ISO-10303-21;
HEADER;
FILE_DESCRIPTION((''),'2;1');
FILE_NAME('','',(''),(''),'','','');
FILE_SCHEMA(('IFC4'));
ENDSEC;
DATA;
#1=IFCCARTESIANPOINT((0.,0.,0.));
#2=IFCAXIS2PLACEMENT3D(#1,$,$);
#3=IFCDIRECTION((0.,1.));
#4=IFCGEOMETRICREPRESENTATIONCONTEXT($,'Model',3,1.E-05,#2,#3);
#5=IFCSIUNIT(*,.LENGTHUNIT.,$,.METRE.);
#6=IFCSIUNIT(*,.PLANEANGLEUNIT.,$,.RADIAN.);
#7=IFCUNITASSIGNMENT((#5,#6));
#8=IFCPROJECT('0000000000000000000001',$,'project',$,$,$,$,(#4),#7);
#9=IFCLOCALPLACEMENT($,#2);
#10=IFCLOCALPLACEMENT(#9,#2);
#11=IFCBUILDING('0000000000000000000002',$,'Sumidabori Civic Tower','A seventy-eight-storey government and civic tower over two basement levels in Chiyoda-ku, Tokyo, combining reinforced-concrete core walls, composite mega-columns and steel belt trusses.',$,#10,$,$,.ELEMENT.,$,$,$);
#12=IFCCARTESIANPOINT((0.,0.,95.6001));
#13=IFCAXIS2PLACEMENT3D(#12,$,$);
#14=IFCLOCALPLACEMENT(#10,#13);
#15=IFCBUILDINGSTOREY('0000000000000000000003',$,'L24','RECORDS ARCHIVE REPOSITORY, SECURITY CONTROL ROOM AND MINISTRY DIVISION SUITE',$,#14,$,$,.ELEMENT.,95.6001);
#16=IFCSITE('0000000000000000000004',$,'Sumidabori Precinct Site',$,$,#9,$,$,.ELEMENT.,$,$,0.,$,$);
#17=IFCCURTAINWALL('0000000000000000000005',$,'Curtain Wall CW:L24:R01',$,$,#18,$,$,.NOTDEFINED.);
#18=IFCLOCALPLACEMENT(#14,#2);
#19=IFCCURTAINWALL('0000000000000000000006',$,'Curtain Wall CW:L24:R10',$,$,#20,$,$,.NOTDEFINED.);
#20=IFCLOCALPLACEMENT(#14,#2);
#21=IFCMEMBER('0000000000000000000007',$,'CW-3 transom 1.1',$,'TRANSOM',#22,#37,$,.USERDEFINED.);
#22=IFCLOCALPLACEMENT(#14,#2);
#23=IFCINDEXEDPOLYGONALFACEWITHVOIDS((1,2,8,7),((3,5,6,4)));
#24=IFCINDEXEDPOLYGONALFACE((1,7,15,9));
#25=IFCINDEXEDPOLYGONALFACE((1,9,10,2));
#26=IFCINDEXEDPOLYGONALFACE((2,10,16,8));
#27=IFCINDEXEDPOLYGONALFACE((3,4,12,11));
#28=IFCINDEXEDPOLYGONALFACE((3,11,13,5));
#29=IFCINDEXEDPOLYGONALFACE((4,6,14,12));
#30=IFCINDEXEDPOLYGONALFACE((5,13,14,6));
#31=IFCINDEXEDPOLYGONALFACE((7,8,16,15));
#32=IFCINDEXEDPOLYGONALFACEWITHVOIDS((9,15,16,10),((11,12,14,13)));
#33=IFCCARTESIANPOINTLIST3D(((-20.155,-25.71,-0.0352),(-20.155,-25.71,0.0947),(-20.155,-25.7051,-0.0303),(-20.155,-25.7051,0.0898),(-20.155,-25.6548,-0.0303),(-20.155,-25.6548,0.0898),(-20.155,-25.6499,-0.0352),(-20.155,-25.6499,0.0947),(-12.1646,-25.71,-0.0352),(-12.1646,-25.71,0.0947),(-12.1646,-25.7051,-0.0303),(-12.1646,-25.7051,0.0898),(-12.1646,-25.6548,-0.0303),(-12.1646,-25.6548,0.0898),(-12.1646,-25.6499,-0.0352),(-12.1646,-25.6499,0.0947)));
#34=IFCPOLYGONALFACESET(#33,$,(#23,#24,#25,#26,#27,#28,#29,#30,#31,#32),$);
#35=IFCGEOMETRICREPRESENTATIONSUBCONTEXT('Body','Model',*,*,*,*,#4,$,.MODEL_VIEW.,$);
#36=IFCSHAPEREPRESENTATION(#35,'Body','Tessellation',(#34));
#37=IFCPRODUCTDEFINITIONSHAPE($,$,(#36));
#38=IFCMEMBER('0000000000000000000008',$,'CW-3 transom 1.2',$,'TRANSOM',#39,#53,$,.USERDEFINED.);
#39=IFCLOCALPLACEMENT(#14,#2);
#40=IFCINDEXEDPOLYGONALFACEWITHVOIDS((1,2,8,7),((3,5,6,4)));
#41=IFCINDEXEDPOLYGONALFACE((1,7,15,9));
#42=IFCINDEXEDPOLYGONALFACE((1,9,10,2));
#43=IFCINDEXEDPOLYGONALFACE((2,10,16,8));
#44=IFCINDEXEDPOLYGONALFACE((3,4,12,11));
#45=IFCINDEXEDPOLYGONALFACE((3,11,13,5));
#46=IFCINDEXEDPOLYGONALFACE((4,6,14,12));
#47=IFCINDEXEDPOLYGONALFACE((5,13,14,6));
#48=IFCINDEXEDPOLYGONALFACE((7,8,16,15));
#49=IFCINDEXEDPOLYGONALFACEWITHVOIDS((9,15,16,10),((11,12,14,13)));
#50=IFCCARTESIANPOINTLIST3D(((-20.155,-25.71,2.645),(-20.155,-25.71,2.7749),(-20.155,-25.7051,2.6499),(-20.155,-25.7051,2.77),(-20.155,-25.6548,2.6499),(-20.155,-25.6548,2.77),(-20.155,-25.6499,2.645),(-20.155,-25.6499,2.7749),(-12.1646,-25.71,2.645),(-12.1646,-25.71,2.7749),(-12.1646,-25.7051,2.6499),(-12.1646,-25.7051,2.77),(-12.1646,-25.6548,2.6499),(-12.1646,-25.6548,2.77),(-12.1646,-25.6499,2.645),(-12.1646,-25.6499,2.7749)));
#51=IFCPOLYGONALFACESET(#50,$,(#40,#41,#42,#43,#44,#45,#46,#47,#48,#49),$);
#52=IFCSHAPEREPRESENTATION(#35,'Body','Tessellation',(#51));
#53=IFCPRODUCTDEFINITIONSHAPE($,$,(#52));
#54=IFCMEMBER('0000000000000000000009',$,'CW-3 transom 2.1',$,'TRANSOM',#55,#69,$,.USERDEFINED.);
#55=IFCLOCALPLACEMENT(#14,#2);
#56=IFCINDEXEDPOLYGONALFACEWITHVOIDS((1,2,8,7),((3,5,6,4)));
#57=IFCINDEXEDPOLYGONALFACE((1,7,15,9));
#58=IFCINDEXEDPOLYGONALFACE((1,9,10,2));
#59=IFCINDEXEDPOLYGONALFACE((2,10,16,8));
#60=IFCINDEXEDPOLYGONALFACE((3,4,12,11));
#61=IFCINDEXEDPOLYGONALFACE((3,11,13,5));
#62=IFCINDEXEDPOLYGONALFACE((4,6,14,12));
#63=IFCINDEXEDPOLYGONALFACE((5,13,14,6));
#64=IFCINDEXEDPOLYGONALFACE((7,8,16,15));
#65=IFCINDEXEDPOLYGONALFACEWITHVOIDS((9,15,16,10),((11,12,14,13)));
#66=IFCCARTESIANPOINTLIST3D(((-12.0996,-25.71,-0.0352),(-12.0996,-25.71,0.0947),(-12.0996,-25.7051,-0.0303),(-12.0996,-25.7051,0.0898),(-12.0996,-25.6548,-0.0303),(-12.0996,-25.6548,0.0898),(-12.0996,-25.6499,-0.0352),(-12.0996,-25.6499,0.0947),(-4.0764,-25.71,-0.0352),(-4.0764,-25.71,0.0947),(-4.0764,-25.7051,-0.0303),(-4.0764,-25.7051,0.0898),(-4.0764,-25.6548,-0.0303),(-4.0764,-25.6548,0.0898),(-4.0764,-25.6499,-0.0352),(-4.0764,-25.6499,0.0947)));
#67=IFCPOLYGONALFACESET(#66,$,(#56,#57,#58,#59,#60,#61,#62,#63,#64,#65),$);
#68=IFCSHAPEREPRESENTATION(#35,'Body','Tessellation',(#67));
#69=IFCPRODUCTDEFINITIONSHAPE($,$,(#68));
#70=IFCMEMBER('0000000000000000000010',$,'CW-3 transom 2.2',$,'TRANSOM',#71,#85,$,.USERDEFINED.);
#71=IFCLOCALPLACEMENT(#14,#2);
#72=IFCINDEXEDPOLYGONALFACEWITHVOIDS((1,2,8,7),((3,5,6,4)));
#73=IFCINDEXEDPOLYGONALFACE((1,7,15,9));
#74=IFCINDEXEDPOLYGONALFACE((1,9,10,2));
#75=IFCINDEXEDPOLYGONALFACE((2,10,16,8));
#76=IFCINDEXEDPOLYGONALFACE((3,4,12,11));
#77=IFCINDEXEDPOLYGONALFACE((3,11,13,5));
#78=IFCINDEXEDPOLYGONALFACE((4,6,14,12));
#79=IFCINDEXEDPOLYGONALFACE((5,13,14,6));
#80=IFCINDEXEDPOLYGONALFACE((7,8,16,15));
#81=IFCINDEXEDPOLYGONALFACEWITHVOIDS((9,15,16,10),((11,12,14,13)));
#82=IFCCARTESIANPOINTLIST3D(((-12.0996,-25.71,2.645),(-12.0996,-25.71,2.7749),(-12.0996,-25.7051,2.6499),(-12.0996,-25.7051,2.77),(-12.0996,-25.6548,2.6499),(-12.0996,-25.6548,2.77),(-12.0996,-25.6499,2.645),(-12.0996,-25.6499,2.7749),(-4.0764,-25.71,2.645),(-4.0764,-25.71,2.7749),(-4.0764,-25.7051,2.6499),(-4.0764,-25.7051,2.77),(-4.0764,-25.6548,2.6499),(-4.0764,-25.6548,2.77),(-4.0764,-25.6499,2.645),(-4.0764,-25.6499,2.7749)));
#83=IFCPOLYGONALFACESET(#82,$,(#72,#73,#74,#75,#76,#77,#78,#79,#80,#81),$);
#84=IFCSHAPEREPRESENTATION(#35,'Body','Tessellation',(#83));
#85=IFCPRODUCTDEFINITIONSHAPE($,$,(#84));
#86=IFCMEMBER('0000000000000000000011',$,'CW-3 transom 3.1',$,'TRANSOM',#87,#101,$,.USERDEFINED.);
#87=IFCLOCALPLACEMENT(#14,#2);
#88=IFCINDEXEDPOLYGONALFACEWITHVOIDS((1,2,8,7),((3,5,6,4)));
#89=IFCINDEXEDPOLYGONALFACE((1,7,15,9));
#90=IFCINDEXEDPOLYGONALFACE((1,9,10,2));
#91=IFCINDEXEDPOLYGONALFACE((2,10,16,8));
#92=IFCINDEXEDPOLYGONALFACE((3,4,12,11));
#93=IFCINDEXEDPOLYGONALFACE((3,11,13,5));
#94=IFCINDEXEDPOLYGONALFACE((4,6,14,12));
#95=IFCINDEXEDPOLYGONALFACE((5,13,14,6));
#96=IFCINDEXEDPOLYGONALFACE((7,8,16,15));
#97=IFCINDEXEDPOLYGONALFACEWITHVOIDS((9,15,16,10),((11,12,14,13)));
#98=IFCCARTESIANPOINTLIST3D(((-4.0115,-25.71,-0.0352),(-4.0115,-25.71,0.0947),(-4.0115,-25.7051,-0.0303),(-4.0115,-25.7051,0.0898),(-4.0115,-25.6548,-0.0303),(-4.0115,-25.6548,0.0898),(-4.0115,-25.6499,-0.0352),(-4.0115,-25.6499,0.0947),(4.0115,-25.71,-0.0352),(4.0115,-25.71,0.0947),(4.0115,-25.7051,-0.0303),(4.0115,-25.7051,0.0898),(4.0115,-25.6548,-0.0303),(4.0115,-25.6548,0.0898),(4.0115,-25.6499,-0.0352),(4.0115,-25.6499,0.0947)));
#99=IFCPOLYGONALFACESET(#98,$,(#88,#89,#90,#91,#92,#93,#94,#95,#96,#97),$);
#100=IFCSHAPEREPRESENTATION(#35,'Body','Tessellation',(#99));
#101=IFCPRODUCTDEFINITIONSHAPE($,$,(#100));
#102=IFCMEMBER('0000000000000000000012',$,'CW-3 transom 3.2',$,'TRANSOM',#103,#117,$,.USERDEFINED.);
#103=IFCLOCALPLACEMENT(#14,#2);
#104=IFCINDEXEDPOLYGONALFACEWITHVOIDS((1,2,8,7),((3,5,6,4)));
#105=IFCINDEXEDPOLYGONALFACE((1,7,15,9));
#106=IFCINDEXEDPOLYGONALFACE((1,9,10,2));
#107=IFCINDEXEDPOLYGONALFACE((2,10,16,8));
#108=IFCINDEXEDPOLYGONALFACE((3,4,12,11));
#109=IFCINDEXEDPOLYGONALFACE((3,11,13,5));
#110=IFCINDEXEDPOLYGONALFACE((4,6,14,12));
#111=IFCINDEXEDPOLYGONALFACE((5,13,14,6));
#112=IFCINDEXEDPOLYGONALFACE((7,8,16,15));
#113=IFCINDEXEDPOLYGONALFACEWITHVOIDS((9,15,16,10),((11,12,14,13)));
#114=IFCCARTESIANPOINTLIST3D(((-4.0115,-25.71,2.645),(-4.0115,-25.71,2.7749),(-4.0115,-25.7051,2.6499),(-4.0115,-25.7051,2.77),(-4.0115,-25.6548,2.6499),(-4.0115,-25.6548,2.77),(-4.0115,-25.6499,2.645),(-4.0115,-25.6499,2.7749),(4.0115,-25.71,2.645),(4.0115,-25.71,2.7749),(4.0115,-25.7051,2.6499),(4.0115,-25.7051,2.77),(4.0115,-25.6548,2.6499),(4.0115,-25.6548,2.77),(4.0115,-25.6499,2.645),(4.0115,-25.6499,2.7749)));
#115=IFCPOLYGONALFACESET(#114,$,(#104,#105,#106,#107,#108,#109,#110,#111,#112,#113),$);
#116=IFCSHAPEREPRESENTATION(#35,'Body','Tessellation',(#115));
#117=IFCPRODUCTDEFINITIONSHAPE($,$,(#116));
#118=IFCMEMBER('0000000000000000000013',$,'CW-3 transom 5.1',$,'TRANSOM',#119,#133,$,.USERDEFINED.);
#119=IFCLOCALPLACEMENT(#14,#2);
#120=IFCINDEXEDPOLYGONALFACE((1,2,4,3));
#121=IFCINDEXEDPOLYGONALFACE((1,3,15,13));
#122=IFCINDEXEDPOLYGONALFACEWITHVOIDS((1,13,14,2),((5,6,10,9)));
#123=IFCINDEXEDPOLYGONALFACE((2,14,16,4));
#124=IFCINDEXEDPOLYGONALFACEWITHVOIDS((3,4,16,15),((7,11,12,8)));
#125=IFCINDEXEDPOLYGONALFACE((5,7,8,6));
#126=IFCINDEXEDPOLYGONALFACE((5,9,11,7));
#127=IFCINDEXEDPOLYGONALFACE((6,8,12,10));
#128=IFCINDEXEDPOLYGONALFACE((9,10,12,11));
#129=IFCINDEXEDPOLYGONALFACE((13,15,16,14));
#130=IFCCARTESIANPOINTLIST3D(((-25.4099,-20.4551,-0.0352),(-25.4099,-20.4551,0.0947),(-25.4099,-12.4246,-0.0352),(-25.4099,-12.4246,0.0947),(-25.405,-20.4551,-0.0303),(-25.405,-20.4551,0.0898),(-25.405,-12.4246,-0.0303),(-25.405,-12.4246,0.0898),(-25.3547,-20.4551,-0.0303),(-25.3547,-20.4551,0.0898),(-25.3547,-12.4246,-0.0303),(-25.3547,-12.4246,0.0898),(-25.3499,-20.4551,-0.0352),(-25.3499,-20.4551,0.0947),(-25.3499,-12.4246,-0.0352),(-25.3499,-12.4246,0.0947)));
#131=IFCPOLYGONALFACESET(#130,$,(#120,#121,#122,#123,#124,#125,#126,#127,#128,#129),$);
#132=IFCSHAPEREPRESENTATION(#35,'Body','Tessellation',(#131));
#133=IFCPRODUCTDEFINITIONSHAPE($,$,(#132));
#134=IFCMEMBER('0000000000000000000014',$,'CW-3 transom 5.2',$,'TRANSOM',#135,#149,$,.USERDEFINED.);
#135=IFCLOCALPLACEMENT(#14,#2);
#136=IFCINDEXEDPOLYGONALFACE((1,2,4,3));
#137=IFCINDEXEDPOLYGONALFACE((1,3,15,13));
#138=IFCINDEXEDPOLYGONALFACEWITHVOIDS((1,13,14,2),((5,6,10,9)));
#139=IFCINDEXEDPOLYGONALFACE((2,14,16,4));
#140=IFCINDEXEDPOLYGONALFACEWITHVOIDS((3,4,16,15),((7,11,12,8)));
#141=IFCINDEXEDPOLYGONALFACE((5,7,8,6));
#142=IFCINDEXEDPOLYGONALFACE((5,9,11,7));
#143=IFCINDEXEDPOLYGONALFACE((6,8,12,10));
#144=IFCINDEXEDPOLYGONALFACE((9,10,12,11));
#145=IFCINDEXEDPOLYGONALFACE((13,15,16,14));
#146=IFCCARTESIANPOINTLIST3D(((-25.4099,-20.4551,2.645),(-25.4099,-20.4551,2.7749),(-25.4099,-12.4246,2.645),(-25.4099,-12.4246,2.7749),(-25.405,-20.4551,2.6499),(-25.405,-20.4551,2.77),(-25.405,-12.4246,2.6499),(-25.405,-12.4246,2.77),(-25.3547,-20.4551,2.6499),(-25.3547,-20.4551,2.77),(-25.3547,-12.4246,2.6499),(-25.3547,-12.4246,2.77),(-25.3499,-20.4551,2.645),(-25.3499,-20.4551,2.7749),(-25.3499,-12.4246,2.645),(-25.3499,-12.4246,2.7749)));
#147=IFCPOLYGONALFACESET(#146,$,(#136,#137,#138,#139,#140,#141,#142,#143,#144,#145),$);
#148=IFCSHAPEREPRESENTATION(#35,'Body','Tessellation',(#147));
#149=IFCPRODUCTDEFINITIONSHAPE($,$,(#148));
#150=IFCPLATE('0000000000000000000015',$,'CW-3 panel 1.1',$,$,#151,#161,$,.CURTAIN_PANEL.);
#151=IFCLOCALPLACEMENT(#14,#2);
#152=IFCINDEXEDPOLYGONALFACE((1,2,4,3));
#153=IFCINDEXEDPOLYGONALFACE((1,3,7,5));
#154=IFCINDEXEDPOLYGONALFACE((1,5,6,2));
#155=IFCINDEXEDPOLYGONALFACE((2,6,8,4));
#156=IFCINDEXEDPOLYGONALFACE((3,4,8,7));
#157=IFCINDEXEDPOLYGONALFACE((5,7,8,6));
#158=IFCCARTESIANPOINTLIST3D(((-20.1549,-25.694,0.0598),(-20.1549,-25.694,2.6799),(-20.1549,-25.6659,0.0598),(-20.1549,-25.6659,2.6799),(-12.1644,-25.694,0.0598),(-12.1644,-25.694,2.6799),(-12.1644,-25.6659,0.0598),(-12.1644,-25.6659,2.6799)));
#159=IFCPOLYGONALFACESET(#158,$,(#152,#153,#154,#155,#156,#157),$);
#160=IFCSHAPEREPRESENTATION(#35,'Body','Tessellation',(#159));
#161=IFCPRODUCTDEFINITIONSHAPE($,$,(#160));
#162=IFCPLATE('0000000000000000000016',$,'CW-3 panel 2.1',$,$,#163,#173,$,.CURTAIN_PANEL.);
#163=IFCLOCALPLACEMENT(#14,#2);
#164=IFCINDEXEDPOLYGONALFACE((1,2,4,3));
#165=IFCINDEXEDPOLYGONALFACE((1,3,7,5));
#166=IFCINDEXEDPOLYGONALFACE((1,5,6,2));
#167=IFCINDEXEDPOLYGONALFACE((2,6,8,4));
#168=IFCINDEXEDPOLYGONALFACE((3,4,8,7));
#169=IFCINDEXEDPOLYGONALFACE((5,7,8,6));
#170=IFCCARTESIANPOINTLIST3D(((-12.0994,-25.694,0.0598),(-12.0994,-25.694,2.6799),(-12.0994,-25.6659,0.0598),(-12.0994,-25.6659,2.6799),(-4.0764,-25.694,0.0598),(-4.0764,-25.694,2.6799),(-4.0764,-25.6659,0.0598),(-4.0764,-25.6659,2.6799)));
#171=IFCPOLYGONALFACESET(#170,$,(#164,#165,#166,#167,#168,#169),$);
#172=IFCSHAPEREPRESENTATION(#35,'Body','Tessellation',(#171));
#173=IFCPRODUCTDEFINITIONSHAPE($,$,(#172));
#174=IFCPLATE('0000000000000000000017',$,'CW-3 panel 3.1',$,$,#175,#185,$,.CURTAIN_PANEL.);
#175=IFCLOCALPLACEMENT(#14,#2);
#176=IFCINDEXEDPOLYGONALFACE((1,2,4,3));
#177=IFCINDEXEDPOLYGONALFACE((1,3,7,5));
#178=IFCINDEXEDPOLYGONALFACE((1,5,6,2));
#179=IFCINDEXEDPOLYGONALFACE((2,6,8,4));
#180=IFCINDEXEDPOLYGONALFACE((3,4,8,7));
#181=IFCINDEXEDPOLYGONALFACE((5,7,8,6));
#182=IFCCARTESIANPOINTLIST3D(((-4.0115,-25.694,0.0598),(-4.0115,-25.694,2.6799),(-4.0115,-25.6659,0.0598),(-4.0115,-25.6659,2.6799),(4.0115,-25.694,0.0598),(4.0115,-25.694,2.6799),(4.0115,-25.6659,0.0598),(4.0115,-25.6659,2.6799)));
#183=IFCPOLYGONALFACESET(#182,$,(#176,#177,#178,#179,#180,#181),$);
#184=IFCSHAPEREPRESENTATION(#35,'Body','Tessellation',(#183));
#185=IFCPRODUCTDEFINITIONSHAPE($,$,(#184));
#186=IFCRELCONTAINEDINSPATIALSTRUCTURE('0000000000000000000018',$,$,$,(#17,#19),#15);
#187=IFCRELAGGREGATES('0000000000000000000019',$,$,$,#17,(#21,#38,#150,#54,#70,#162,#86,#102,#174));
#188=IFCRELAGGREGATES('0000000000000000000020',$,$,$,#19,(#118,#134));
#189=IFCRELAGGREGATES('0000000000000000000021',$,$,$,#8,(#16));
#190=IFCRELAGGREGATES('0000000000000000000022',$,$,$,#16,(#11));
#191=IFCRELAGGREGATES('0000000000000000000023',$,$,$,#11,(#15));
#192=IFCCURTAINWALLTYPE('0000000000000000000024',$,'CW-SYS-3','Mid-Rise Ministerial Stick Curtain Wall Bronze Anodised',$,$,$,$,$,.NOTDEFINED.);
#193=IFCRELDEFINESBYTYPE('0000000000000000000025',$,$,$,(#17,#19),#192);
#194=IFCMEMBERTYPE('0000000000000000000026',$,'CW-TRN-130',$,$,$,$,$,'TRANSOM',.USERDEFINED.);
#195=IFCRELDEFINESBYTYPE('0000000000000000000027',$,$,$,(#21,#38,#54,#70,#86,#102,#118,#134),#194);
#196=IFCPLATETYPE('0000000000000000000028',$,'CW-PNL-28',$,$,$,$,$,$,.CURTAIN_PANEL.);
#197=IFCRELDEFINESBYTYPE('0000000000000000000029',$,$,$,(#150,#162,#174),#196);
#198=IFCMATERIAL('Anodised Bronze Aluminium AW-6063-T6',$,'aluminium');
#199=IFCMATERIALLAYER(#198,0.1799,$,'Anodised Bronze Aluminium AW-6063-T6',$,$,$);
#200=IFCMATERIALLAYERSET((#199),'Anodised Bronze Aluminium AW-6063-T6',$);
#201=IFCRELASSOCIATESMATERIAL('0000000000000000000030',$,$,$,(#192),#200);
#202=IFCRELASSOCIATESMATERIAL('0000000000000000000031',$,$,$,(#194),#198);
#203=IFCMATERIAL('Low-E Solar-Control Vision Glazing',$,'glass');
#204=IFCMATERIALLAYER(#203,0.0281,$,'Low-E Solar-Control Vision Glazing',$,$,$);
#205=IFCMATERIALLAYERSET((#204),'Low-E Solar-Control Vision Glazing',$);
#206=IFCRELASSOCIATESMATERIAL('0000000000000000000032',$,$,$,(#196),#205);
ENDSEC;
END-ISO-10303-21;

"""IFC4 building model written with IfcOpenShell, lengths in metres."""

from ifc_helpers import new_model, si_unit, direction, frame, origin, origin_2d, place, context, subcontext, project, spatial, rectangle, hollow_rectangle, extrude, source, transform, mapped, material, layer, layer_set, material_profile, profile_set, type_object, element, aggregate, save


model = new_model("IFC4")

# Units and contexts
model_context = context("Model", 3, precision=1e-05, world=origin(), true_north=direction((0.0, 1.0)))
body_context = subcontext(model_context, "Body", "Model", "MODEL_VIEW")
ifc_project = project(units=[si_unit("LENGTHUNIT", "METRE"), si_unit("PLANEANGLEUNIT", "RADIAN")], contexts=[model_context])

# Site, building, storey
site_placement = place(None, origin())
site = spatial("IfcSite", under=ifc_project, at=site_placement, Name="Sumidabori Precinct Site", CompositionType="ELEMENT", RefElevation=0.0)
building_placement = place(site_placement, origin())
building = spatial("IfcBuilding", under=site, at=building_placement, Name="Sumidabori Civic Tower", Description="A seventy-eight-storey government and civic tower over two basement levels in Chiyoda-ku, Tokyo, combining reinforced-concrete core walls, composite mega-columns and steel belt trusses.", CompositionType="ELEMENT")
storey_placement = place(building_placement, frame((0.0, 0.0, 95.6001)))
storey = spatial("IfcBuildingStorey", under=building, at=storey_placement, Name="L24", Description="RECORDS ARCHIVE REPOSITORY, SECURITY CONTROL ROOM AND MINISTRY DIVISION SUITE", CompositionType="ELEMENT", Elevation=95.6001)

# Curtain walls
ifc_material_1 = material(Name="Anodised Bronze Aluminium AW-6063-T6", Category="aluminium")
ifc_layer_1 = layer(ifc_material_1, 0.1799, Name="Anodised Bronze Aluminium AW-6063-T6")
ifc_layer_set_1 = layer_set([ifc_layer_1], Name="Anodised Bronze Aluminium AW-6063-T6")
curtain_wall_type = type_object("IfcCurtainWallType", Name="CW-SYS-3", Description="Mid-Rise Ministerial Stick Curtain Wall Bronze Anodised", PredefinedType="NOTDEFINED", material=ifc_layer_set_1)
curtain_wall_1_placement = place(storey_placement, origin())
curtain_wall_1 = element("IfcCurtainWall", 1, at=curtain_wall_1_placement, inside=storey, type_object=curtain_wall_type, Name="Curtain Wall CW:L24:R01", PredefinedType="NOTDEFINED")
curtain_wall_2_placement = place(storey_placement, origin())
curtain_wall_2 = element("IfcCurtainWall", 2, at=curtain_wall_2_placement, inside=storey, type_object=curtain_wall_type, Name="Curtain Wall CW:L24:R10", PredefinedType="NOTDEFINED")

# Members
ifc_material_profile_1 = material_profile(ifc_material_1, hollow_rectangle(XDim=0.0601, YDim=0.1299, WallThickness=0.0049, at=origin_2d()), Name="ALU TRANSOM 130x60")
ifc_profile_set_1 = profile_set([ifc_material_profile_1], Name="Anodised Bronze Aluminium AW-6063-T6")
member_type_1 = type_object("IfcMemberType", Name="CW-TRN-130", ElementType="TRANSOM", PredefinedType="USERDEFINED", material=ifc_profile_set_1)
shared_shape_1 = source(origin(), body_context, "Body", "SweptSolid", [
    extrude(hollow_rectangle(XDim=0.0601, YDim=0.1299, WallThickness=0.0049, at=origin_2d()), origin(), (0.0, 0.0, 1.0), 7.9905),
])
member_1_placement = place(storey_placement, frame((-20.155, -25.6799, 0.0298), z_axis=(1.0, 0.0, 0.0), x_axis=(0.0, 1.0, 0.0)))
member_1 = element("IfcMember", 3, at=member_1_placement, type_object=member_type_1, Name="CW-3 transom 1.1", ObjectType="TRANSOM", PredefinedType="USERDEFINED", context=body_context, shape_type="MappedRepresentation", body=[
    mapped(shared_shape_1, transform((0.0, 0.0, 0.0), x_axis=(1.0, 0.0, 0.0), y_axis=(0.0, 1.0, 0.0), z_axis=(0.0, 0.0, 1.0), scale=1.0)),
])
member_2_placement = place(storey_placement, frame((-20.155, -25.6799, 2.71), z_axis=(1.0, 0.0, 0.0), x_axis=(0.0, 1.0, 0.0)))
member_2 = element("IfcMember", 4, at=member_2_placement, type_object=member_type_1, Name="CW-3 transom 1.2", ObjectType="TRANSOM", PredefinedType="USERDEFINED", context=body_context, shape_type="MappedRepresentation", body=[
    mapped(shared_shape_1, transform((0.0, 0.0, 0.0), x_axis=(1.0, 0.0, 0.0), y_axis=(0.0, 1.0, 0.0), z_axis=(0.0, 0.0, 1.0), scale=1.0)),
])
shared_shape_2 = source(origin(), body_context, "Body", "SweptSolid", [
    extrude(hollow_rectangle(XDim=0.0601, YDim=0.1299, WallThickness=0.0049, at=origin_2d()), origin(), (0.0, 0.0, 1.0), 8.0232),
])
member_3_placement = place(storey_placement, frame((-12.0996, -25.6799, 0.0298), z_axis=(1.0, 0.0, 0.0), x_axis=(0.0, 1.0, 0.0)))
member_3 = element("IfcMember", 5, at=member_3_placement, type_object=member_type_1, Name="CW-3 transom 2.1", ObjectType="TRANSOM", PredefinedType="USERDEFINED", context=body_context, shape_type="MappedRepresentation", body=[
    mapped(shared_shape_2, transform((0.0, 0.0, 0.0), x_axis=(1.0, 0.0, 0.0), y_axis=(0.0, 1.0, 0.0), z_axis=(0.0, 0.0, 1.0), scale=1.0)),
])
member_4_placement = place(storey_placement, frame((-12.0996, -25.6799, 2.71), z_axis=(1.0, 0.0, 0.0), x_axis=(0.0, 1.0, 0.0)))
member_4 = element("IfcMember", 6, at=member_4_placement, type_object=member_type_1, Name="CW-3 transom 2.2", ObjectType="TRANSOM", PredefinedType="USERDEFINED", context=body_context, shape_type="MappedRepresentation", body=[
    mapped(shared_shape_2, transform((0.0, 0.0, 0.0), x_axis=(1.0, 0.0, 0.0), y_axis=(0.0, 1.0, 0.0), z_axis=(0.0, 0.0, 1.0), scale=1.0)),
])
shared_shape_3 = source(origin(), body_context, "Body", "SweptSolid", [
    extrude(hollow_rectangle(XDim=0.0601, YDim=0.1299, WallThickness=0.0049, at=origin_2d()), origin(), (0.0, 0.0, 1.0), 8.0229),
])
member_5_placement = place(storey_placement, frame((-4.0115, -25.6799, 0.0298), z_axis=(1.0, 0.0, 0.0), x_axis=(0.0, 1.0, 0.0)))
member_5 = element("IfcMember", 7, at=member_5_placement, type_object=member_type_1, Name="CW-3 transom 3.1", ObjectType="TRANSOM", PredefinedType="USERDEFINED", context=body_context, shape_type="MappedRepresentation", body=[
    mapped(shared_shape_3, transform((0.0, 0.0, 0.0), x_axis=(1.0, 0.0, 0.0), y_axis=(0.0, 1.0, 0.0), z_axis=(0.0, 0.0, 1.0), scale=1.0)),
])
member_6_placement = place(storey_placement, frame((-4.0115, -25.6799, 2.71), z_axis=(1.0, 0.0, 0.0), x_axis=(0.0, 1.0, 0.0)))
member_6 = element("IfcMember", 8, at=member_6_placement, type_object=member_type_1, Name="CW-3 transom 3.2", ObjectType="TRANSOM", PredefinedType="USERDEFINED", context=body_context, shape_type="MappedRepresentation", body=[
    mapped(shared_shape_3, transform((0.0, 0.0, 0.0), x_axis=(1.0, 0.0, 0.0), y_axis=(0.0, 1.0, 0.0), z_axis=(0.0, 0.0, 1.0), scale=1.0)),
])
shared_shape_4 = source(origin(), body_context, "Body", "SweptSolid", [
    extrude(hollow_rectangle(XDim=0.0601, YDim=0.1299, WallThickness=0.0049, at=origin_2d()), origin(), (0.0, 0.0, 1.0), 8.0305),
])
member_7_placement = place(storey_placement, frame((-25.3799, -12.4246, 0.0298), z_axis=(0.0, -1.0, 0.0), x_axis=(1.0, 0.0, 0.0)))
member_7 = element("IfcMember", 9, at=member_7_placement, type_object=member_type_1, Name="CW-3 transom 5.1", ObjectType="TRANSOM", PredefinedType="USERDEFINED", context=body_context, shape_type="MappedRepresentation", body=[
    mapped(shared_shape_4, transform((0.0, 0.0, 0.0), x_axis=(1.0, 0.0, 0.0), y_axis=(0.0, 1.0, 0.0), z_axis=(0.0, 0.0, 1.0), scale=1.0)),
])
member_8_placement = place(storey_placement, frame((-25.3799, -12.4246, 2.71), z_axis=(0.0, -1.0, 0.0), x_axis=(1.0, 0.0, 0.0)))
member_8 = element("IfcMember", 10, at=member_8_placement, type_object=member_type_1, Name="CW-3 transom 5.2", ObjectType="TRANSOM", PredefinedType="USERDEFINED", context=body_context, shape_type="MappedRepresentation", body=[
    mapped(shared_shape_4, transform((0.0, 0.0, 0.0), x_axis=(1.0, 0.0, 0.0), y_axis=(0.0, 1.0, 0.0), z_axis=(0.0, 0.0, 1.0), scale=1.0)),
])

# Plates
ifc_material_2 = material(Name="Low-E Solar-Control Vision Glazing", Category="glass")
ifc_layer_2 = layer(ifc_material_2, 0.0281, Name="Low-E Solar-Control Vision Glazing")
ifc_layer_set_2 = layer_set([ifc_layer_2], Name="Low-E Solar-Control Vision Glazing")
plate_type = type_object("IfcPlateType", Name="CW-PNL-28", PredefinedType="CURTAIN_PANEL", material=ifc_layer_set_2)
shared_shape_5 = source(origin(), body_context, "Body", "SweptSolid", [
    extrude(rectangle(XDim=7.9905, YDim=0.0281, at=origin_2d()), origin(), (0.0, 0.0, 1.0), 2.6201),
])
plate_1_placement = place(storey_placement, frame((-16.1597, -25.6799, 0.0598), z_axis=(0.0, 0.0, 1.0), x_axis=(1.0, 0.0, 0.0)))
plate_1 = element("IfcPlate", 11, at=plate_1_placement, type_object=plate_type, Name="CW-3 panel 1.1", PredefinedType="CURTAIN_PANEL", context=body_context, shape_type="MappedRepresentation", body=[
    mapped(shared_shape_5, transform((0.0, 0.0, 0.0), x_axis=(1.0, 0.0, 0.0), y_axis=(0.0, 1.0, 0.0), z_axis=(0.0, 0.0, 1.0), scale=1.0)),
])
shared_shape_6 = source(origin(), body_context, "Body", "SweptSolid", [
    extrude(rectangle(XDim=8.0229, YDim=0.0281, at=origin_2d()), origin(), (0.0, 0.0, 1.0), 2.6201),
])
plate_2_placement = place(storey_placement, frame((-8.0879, -25.6799, 0.0598), z_axis=(0.0, 0.0, 1.0), x_axis=(1.0, 0.0, 0.0)))
plate_2 = element("IfcPlate", 12, at=plate_2_placement, type_object=plate_type, Name="CW-3 panel 2.1", PredefinedType="CURTAIN_PANEL", context=body_context, shape_type="MappedRepresentation", body=[
    mapped(shared_shape_6, transform((0.0, 0.0, 0.0), x_axis=(1.0, 0.0, 0.0), y_axis=(0.0, 1.0, 0.0), z_axis=(0.0, 0.0, 1.0), scale=1.0)),
])
plate_3_placement = place(storey_placement, frame((0.0, -25.6799, 0.0598), z_axis=(0.0, 0.0, 1.0), x_axis=(1.0, 0.0, 0.0)))
plate_3 = element("IfcPlate", 13, at=plate_3_placement, type_object=plate_type, Name="CW-3 panel 3.1", PredefinedType="CURTAIN_PANEL", context=body_context, shape_type="MappedRepresentation", body=[
    mapped(shared_shape_6, transform((0.0, 0.0, 0.0), x_axis=(1.0, 0.0, 0.0), y_axis=(0.0, 1.0, 0.0), z_axis=(0.0, 0.0, 1.0), scale=1.0)),
])
aggregate(curtain_wall_1, [member_1, member_2, plate_1, member_3, member_4, plate_2, member_5, member_6, plate_3])
aggregate(curtain_wall_2, [member_7, member_8])

save(model, "model.ifc")
